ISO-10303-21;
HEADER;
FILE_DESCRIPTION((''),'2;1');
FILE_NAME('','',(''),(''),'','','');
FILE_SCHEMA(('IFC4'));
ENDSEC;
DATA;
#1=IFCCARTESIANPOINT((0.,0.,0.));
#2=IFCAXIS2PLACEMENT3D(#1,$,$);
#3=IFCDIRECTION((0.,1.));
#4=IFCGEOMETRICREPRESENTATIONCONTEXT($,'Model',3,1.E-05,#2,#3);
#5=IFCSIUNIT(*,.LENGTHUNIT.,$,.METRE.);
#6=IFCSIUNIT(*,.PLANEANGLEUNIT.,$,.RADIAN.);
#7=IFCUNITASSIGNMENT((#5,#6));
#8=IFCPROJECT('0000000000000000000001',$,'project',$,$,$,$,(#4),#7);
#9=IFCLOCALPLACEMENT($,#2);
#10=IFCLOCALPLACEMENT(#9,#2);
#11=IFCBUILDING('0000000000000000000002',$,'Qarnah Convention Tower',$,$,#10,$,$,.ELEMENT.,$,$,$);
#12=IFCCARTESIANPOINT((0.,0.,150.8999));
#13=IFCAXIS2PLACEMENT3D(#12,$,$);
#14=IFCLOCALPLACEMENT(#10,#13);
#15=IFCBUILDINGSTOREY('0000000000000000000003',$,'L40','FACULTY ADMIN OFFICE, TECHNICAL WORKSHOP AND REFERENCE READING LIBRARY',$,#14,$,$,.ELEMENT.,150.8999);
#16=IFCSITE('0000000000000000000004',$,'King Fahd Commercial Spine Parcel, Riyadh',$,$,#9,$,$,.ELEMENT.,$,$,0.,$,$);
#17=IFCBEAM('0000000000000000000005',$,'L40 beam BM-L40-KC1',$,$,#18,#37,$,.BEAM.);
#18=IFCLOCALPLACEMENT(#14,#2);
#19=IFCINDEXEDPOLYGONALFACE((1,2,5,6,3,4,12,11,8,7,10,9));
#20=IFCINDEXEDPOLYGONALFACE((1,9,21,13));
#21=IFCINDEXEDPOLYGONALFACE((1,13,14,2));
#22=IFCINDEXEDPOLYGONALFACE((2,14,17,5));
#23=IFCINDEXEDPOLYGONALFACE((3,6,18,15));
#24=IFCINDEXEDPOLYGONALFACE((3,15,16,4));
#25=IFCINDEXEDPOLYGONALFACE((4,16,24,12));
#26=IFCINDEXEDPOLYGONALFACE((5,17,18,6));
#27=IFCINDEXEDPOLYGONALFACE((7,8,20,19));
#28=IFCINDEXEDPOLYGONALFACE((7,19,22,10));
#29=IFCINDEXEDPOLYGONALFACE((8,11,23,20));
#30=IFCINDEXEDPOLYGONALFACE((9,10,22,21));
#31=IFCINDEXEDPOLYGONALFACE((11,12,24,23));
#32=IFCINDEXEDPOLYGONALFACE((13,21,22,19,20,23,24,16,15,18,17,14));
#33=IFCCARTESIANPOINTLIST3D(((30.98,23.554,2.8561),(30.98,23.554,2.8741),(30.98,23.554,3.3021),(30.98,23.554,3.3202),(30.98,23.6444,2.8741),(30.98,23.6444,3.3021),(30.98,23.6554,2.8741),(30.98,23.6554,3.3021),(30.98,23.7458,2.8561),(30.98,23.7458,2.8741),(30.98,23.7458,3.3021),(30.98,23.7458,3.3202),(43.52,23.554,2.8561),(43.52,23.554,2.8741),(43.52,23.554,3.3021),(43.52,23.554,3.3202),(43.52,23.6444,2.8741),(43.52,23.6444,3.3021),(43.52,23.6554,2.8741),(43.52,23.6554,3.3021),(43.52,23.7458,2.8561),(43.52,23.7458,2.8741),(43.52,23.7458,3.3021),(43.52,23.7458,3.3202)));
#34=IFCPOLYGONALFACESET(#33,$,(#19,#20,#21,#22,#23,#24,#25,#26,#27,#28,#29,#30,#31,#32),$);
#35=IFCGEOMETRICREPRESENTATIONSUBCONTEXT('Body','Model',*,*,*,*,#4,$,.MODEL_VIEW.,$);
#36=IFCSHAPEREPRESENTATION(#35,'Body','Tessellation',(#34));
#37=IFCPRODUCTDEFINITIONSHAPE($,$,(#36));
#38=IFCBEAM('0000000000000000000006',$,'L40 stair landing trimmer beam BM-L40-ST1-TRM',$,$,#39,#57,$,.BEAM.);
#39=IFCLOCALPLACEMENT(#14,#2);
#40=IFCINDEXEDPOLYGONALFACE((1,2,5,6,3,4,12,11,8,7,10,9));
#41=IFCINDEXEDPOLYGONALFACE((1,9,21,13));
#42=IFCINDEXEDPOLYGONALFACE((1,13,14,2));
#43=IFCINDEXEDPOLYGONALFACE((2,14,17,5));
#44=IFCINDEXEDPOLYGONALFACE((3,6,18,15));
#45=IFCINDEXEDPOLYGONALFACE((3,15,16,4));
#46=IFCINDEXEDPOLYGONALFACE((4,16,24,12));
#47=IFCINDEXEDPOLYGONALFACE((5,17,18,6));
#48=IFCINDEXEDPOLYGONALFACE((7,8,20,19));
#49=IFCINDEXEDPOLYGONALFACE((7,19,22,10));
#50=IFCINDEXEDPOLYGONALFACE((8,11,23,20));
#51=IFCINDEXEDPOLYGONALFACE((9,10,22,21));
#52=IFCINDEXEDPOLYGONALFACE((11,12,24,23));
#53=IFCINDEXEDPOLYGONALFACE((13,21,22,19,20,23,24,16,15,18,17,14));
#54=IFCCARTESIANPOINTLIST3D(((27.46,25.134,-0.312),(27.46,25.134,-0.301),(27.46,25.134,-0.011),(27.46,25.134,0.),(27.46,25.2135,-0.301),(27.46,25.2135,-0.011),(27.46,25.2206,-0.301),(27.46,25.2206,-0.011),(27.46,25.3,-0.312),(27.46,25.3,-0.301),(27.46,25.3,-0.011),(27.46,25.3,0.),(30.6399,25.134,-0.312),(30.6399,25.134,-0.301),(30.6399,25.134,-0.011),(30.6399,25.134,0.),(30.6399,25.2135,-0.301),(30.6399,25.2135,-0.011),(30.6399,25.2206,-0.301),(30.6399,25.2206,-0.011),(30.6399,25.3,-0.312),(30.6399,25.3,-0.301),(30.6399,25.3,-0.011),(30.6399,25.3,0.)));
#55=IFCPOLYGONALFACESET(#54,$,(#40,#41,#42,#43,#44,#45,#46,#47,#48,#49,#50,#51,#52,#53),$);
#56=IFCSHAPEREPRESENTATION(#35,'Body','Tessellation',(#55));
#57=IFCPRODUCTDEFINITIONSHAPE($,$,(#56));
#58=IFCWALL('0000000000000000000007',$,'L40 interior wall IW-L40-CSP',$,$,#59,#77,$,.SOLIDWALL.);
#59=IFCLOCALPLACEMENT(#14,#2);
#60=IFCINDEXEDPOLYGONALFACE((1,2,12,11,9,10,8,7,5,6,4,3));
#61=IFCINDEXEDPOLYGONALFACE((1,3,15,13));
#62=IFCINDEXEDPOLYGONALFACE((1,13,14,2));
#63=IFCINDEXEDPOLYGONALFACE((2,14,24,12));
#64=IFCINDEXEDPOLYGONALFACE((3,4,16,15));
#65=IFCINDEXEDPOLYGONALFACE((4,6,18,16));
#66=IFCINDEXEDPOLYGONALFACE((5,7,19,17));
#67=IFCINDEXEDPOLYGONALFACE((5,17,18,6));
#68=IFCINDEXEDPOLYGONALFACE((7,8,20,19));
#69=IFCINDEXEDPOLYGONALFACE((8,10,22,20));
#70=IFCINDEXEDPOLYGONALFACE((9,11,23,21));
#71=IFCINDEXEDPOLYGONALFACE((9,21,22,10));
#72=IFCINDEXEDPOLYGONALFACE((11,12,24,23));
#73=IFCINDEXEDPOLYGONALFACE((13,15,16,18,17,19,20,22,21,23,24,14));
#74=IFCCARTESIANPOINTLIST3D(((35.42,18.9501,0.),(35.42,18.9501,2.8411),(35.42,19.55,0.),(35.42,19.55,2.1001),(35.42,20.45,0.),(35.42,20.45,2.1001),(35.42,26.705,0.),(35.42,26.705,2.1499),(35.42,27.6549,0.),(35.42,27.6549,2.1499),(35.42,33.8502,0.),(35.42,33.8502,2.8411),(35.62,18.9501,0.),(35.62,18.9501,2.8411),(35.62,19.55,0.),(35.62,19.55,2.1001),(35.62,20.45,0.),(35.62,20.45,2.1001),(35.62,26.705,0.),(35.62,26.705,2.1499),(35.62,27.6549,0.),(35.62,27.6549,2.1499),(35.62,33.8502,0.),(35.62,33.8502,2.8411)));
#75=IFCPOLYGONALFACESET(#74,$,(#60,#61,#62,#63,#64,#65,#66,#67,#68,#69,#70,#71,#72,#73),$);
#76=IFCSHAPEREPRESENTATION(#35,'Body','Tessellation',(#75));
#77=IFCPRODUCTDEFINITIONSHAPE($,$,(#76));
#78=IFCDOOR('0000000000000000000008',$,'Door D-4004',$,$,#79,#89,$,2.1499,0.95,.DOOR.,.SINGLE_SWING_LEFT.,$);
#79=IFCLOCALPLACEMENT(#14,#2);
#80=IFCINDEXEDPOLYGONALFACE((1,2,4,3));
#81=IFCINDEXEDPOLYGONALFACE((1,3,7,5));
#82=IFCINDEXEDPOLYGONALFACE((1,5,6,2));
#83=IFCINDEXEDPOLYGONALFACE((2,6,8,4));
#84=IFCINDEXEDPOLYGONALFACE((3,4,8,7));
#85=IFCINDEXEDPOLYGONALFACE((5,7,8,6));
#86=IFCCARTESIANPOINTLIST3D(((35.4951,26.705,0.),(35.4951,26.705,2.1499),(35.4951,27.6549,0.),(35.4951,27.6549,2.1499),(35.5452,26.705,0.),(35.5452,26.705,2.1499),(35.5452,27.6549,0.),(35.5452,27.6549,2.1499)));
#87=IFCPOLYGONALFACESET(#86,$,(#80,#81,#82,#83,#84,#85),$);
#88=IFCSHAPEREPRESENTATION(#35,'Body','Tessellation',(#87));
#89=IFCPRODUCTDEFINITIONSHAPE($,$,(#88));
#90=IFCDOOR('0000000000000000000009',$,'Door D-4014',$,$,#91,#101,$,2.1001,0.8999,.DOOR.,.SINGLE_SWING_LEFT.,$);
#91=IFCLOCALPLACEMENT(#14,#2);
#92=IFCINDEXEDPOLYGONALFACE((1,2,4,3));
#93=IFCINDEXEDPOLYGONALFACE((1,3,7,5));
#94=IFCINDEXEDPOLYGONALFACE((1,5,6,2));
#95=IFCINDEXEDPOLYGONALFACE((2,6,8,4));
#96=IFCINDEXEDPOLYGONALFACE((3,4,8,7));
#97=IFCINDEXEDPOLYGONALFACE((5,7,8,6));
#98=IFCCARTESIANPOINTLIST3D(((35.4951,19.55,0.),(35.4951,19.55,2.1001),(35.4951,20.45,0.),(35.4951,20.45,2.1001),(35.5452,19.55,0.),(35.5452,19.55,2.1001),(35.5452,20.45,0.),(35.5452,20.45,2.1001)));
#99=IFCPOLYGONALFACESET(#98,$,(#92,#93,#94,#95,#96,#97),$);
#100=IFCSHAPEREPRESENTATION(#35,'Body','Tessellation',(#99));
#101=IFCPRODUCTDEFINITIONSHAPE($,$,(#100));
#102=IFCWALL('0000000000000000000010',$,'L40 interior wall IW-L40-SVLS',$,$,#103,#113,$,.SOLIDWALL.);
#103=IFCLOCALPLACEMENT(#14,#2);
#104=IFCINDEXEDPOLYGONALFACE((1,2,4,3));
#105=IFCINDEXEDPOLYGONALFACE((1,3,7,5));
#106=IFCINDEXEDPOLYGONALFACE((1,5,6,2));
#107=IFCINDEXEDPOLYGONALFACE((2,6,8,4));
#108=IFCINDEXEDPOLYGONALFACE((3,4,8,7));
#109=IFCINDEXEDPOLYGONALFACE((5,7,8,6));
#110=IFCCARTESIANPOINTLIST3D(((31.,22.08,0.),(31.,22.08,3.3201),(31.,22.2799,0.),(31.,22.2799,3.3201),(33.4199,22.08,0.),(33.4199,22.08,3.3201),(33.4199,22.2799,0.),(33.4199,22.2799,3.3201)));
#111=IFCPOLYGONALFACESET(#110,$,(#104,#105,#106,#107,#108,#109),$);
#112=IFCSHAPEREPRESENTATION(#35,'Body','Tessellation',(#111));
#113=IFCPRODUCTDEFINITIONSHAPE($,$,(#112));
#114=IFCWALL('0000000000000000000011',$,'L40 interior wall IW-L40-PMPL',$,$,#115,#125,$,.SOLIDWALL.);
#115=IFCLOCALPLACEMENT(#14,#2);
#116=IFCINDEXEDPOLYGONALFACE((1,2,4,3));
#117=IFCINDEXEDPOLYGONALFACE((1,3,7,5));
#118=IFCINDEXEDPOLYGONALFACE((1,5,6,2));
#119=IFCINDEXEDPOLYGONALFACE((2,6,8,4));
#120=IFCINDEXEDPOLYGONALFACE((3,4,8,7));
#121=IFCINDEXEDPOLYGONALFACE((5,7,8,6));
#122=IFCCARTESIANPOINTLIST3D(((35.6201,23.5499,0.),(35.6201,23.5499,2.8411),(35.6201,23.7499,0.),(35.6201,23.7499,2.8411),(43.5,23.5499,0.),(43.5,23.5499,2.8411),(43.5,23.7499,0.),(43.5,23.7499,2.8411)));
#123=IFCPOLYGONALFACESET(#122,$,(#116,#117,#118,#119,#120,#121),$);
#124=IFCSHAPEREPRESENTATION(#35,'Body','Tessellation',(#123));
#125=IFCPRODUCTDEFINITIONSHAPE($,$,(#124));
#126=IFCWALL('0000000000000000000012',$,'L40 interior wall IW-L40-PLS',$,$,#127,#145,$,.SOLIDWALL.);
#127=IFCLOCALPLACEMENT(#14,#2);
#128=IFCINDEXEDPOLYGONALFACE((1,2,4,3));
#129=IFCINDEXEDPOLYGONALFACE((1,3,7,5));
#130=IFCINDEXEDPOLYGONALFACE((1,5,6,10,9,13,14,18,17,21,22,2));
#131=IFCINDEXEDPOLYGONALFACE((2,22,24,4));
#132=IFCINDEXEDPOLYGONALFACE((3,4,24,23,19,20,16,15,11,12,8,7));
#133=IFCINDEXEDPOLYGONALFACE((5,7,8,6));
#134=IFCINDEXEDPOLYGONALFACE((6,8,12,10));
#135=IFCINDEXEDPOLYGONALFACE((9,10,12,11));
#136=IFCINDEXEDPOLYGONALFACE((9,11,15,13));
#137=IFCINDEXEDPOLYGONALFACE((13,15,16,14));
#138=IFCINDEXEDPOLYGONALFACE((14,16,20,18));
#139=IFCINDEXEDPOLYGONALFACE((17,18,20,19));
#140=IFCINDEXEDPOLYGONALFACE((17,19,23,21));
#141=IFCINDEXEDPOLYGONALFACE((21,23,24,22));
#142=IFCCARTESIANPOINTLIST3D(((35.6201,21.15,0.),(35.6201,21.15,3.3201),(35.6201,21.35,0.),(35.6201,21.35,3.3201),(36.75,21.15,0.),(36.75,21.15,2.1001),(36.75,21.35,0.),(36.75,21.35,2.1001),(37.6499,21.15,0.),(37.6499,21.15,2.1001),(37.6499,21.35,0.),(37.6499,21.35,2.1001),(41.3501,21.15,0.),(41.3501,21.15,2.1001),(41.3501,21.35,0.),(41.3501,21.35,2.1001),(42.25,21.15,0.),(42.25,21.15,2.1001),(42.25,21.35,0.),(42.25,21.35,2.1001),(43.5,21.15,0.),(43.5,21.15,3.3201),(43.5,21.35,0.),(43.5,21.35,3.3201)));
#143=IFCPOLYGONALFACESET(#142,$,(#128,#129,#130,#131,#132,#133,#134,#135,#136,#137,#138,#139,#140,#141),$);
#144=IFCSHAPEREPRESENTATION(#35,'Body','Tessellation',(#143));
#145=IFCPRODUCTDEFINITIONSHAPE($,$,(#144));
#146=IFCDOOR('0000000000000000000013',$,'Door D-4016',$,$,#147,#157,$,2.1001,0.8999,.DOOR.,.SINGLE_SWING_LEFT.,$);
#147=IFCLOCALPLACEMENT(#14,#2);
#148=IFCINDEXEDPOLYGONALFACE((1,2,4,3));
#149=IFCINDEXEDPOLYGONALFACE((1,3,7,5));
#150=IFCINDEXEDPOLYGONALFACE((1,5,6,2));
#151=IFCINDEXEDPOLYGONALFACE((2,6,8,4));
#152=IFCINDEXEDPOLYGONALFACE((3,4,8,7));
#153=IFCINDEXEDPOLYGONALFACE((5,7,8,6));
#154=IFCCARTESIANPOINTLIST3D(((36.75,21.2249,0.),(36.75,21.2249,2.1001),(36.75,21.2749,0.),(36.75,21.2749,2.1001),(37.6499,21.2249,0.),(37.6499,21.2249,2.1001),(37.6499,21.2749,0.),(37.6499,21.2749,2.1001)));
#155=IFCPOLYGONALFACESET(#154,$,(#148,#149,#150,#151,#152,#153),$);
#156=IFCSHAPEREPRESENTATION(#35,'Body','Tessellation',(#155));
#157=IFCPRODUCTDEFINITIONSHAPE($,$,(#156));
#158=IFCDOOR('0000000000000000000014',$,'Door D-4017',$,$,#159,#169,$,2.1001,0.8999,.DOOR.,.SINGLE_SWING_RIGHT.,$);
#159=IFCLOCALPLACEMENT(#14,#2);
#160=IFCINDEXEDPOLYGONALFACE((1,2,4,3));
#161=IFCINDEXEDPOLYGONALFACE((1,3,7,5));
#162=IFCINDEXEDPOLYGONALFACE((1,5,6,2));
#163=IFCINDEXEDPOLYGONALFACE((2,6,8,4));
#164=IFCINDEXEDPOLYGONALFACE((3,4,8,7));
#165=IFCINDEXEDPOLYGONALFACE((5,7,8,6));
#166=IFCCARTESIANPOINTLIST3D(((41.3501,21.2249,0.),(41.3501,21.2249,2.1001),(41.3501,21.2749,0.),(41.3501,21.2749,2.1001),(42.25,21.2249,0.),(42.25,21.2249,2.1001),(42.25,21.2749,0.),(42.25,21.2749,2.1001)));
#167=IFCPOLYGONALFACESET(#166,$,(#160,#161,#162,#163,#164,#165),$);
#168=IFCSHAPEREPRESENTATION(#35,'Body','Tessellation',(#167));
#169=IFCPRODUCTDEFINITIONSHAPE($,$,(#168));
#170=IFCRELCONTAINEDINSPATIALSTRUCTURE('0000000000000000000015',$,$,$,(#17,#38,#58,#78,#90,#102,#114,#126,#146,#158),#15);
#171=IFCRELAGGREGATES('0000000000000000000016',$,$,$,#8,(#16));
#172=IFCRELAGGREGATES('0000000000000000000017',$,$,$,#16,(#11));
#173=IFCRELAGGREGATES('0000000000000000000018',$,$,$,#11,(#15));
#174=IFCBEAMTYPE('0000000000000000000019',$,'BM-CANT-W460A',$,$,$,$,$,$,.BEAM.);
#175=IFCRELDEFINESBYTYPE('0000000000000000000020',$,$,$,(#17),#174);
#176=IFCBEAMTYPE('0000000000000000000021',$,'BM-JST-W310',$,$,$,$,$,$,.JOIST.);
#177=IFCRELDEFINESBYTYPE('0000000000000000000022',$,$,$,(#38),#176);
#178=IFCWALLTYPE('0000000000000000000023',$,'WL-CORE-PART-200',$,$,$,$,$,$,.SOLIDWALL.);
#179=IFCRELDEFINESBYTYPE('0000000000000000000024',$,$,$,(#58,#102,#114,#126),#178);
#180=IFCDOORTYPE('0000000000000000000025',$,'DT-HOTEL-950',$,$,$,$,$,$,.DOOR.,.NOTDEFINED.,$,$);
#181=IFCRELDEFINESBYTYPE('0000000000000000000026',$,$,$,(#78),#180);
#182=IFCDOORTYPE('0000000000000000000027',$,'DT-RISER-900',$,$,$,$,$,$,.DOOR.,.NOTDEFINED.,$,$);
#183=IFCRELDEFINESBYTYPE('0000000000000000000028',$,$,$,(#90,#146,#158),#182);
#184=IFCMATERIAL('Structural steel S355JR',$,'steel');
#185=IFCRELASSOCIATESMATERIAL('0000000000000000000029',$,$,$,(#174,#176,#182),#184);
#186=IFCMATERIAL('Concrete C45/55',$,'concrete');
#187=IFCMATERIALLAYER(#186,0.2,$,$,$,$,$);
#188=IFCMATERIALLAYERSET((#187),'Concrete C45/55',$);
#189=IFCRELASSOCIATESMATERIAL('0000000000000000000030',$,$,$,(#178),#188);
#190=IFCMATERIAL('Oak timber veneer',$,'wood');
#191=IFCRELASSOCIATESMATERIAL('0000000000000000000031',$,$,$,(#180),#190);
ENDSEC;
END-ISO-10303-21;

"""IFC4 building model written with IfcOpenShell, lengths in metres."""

from ifc_helpers import new_model, si_unit, direction, frame, frame_2d, origin, origin_2d, place, context, subcontext, project, spatial, rectangle, i_section, extrude, material, layer, layer_set, material_profile, profile_set, type_object, element, fill, save


model = new_model("IFC4")

# Units and contexts
model_context = context("Model", 3, precision=1e-05, world=origin(), true_north=direction((0.0, 1.0)))
body_context = subcontext(model_context, "Body", "Model", "MODEL_VIEW")
ifc_project = project(units=[si_unit("LENGTHUNIT", "METRE"), si_unit("PLANEANGLEUNIT", "RADIAN")], contexts=[model_context])

# Site, building, storey
site_placement = place(None, origin())
site = spatial("IfcSite", under=ifc_project, at=site_placement, Name="King Fahd Commercial Spine Parcel, Riyadh", CompositionType="ELEMENT", RefElevation=0.0)
building_placement = place(site_placement, origin())
building = spatial("IfcBuilding", under=site, at=building_placement, Name="Qarnah Convention Tower", CompositionType="ELEMENT")
storey_placement = place(building_placement, frame((0.0, 0.0, 150.8999)))
storey = spatial("IfcBuildingStorey", under=building, at=storey_placement, Name="L40", Description="FACULTY ADMIN OFFICE, TECHNICAL WORKSHOP AND REFERENCE READING LIBRARY", CompositionType="ELEMENT", Elevation=150.8999)

# Beams
ifc_material_1 = material(Name="Structural steel S355JR", Category="steel")
ifc_material_profile_1 = material_profile(ifc_material_1, i_section(OverallWidth=0.1919, OverallDepth=0.4641, WebThickness=0.011, FlangeThickness=0.0181, at=origin_2d()), Name="W460X89")
ifc_profile_set_1 = profile_set([ifc_material_profile_1], Name="Structural steel S355JR")
beam_type_1 = type_object("IfcBeamType", Name="BM-CANT-W460A", PredefinedType="BEAM", material=ifc_profile_set_1)
beam_1_placement = place(storey_placement, frame((30.98, 23.6499, 3.0881), z_axis=(1.0, 0.0, 0.0), x_axis=(0.0, 1.0, 0.0)))
element("IfcBeam", 1, at=beam_1_placement, inside=storey, type_object=beam_type_1, Name="L40 beam BM-L40-KC1", PredefinedType="BEAM", context=body_context, shape_type="SweptSolid", body=[
    extrude(i_section(OverallWidth=0.1919, OverallDepth=0.4641, WebThickness=0.011, FlangeThickness=0.0181, at=origin_2d()), origin(), (0.0, 0.0, 1.0), 12.54),
])
ifc_material_profile_2 = material_profile(ifc_material_1, i_section(OverallWidth=0.166, OverallDepth=0.312, WebThickness=0.0071, FlangeThickness=0.011, at=origin_2d()), Name="W310X45")
ifc_profile_set_2 = profile_set([ifc_material_profile_2], Name="Structural steel S355JR")
beam_type_2 = type_object("IfcBeamType", Name="BM-JST-W310", PredefinedType="JOIST", material=ifc_profile_set_2)
beam_2_placement = place(storey_placement, frame((27.46, 25.217, -0.156), z_axis=(1.0, 0.0, 0.0), x_axis=(0.0, 1.0, 0.0)))
element("IfcBeam", 2, at=beam_2_placement, inside=storey, type_object=beam_type_2, Name="L40 stair landing trimmer beam BM-L40-ST1-TRM", PredefinedType="BEAM", context=body_context, shape_type="SweptSolid", body=[
    extrude(i_section(OverallWidth=0.166, OverallDepth=0.312, WebThickness=0.0071, FlangeThickness=0.011, at=origin_2d()), origin(), (0.0, 0.0, 1.0), 3.1799),
])

# Wall, openings, doors
ifc_material_2 = material(Name="Concrete C45/55", Category="concrete")
ifc_layer_1 = layer(ifc_material_2, 0.2)
ifc_layer_set_1 = layer_set([ifc_layer_1], Name="Concrete C45/55")
wall_type_1 = type_object("IfcWallType", Name="WL-CORE-PART-200", PredefinedType="SOLIDWALL", material=ifc_layer_set_1)
wall_1_placement = place(storey_placement, frame((35.52, 18.95, 0.0), z_axis=(0.0, 0.0, 1.0), x_axis=(0.0, 1.0, 0.0)))
wall_1 = element("IfcWall", 3, at=wall_1_placement, inside=storey, type_object=wall_type_1, Name="L40 interior wall IW-L40-CSP", PredefinedType="SOLIDWALL", context=body_context, shape_type="SweptSolid", body=[
    extrude(rectangle(XDim=14.9001, YDim=0.2, at=frame_2d((7.4502, 0.0))), origin(), (0.0, 0.0, 1.0), 2.8411),
])
opening_1_placement = place(wall_1_placement, frame((7.7549, 0.0, 0.0)))
opening_1 = element("IfcOpeningElement", 4, at=opening_1_placement, cuts=wall_1, PredefinedType="OPENING", context=body_context, shape_type="SweptSolid", body=[
    extrude(rectangle(XDim=0.95, YDim=2.1499, at=frame_2d((0.4751, 1.075))), frame((0.0, 0.1099, 0.0), z_axis=(0.0, -1.0, 0.0), x_axis=(1.0, 0.0, 0.0)), (0.0, 0.0, 1.0), 0.22),
])
opening_2_placement = place(wall_1_placement, frame((0.6001, 0.0, 0.0)))
opening_2 = element("IfcOpeningElement", 5, at=opening_2_placement, cuts=wall_1, PredefinedType="OPENING", context=body_context, shape_type="SweptSolid", body=[
    extrude(rectangle(XDim=0.8999, YDim=2.1001, at=frame_2d((0.45, 1.05))), frame((0.0, 0.1099, 0.0), z_axis=(0.0, -1.0, 0.0), x_axis=(1.0, 0.0, 0.0)), (0.0, 0.0, 1.0), 0.22),
])
ifc_material_3 = material(Name="Oak timber veneer", Category="wood")
door_type_1 = type_object("IfcDoorType", Name="DT-HOTEL-950", OperationType="NOTDEFINED", PredefinedType="DOOR", material=ifc_material_3)
door_1_placement = place(opening_1_placement, origin())
door_1 = element("IfcDoor", 6, at=door_1_placement, inside=storey, type_object=door_type_1, Name="Door D-4004", OperationType="SINGLE_SWING_LEFT", OverallHeight=2.1499, OverallWidth=0.95, PredefinedType="DOOR", context=body_context, shape_type="SweptSolid", body=[
    extrude(rectangle(XDim=0.95, YDim=2.1499, at=frame_2d((0.4751, 1.075))), frame((0.0, 0.0249, 0.0), z_axis=(0.0, -1.0, 0.0), x_axis=(1.0, 0.0, 0.0)), (0.0, 0.0, 1.0), 0.05),
])
fill(opening_1, door_1)
door_type_2 = type_object("IfcDoorType", Name="DT-RISER-900", OperationType="NOTDEFINED", PredefinedType="DOOR", material=ifc_material_1)
door_2_placement = place(opening_2_placement, origin())
door_2 = element("IfcDoor", 7, at=door_2_placement, inside=storey, type_object=door_type_2, Name="Door D-4014", OperationType="SINGLE_SWING_LEFT", OverallHeight=2.1001, OverallWidth=0.8999, PredefinedType="DOOR", context=body_context, shape_type="SweptSolid", body=[
    extrude(rectangle(XDim=0.8999, YDim=2.1001, at=frame_2d((0.45, 1.05))), frame((0.0, 0.0249, 0.0), z_axis=(0.0, -1.0, 0.0), x_axis=(1.0, 0.0, 0.0)), (0.0, 0.0, 1.0), 0.05),
])
fill(opening_2, door_2)

# Walls
wall_2_placement = place(storey_placement, frame((31.0, 22.1799, 0.0), z_axis=(0.0, 0.0, 1.0), x_axis=(1.0, 0.0, 0.0)))
element("IfcWall", 8, at=wall_2_placement, inside=storey, type_object=wall_type_1, Name="L40 interior wall IW-L40-SVLS", PredefinedType="SOLIDWALL", context=body_context, shape_type="SweptSolid", body=[
    extrude(rectangle(XDim=2.4199, YDim=0.2, at=frame_2d((1.21, 0.0))), origin(), (0.0, 0.0, 1.0), 3.3201),
])
wall_3_placement = place(storey_placement, frame((35.6201, 23.6499, 0.0), z_axis=(0.0, 0.0, 1.0), x_axis=(1.0, 0.0, 0.0)))
element("IfcWall", 9, at=wall_3_placement, inside=storey, type_object=wall_type_1, Name="L40 interior wall IW-L40-PMPL", PredefinedType="SOLIDWALL", context=body_context, shape_type="SweptSolid", body=[
    extrude(rectangle(XDim=7.8799, YDim=0.2, at=frame_2d((3.9399, 0.0))), origin(), (0.0, 0.0, 1.0), 2.8411),
])

# Wall, openings, doors
wall_4_placement = place(storey_placement, frame((35.6201, 21.25, 0.0), z_axis=(0.0, 0.0, 1.0), x_axis=(1.0, 0.0, 0.0)))
wall_4 = element("IfcWall", 10, at=wall_4_placement, inside=storey, type_object=wall_type_1, Name="L40 interior wall IW-L40-PLS", PredefinedType="SOLIDWALL", context=body_context, shape_type="SweptSolid", body=[
    extrude(rectangle(XDim=7.8799, YDim=0.2, at=frame_2d((3.9399, 0.0))), origin(), (0.0, 0.0, 1.0), 3.3201),
])
opening_3_placement = place(wall_4_placement, frame((1.1299, 0.0, 0.0)))
opening_3 = element("IfcOpeningElement", 11, at=opening_3_placement, cuts=wall_4, PredefinedType="OPENING", context=body_context, shape_type="SweptSolid", body=[
    extrude(rectangle(XDim=0.8999, YDim=2.1001, at=frame_2d((0.45, 1.05))), frame((0.0, 0.1099, 0.0), z_axis=(0.0, -1.0, 0.0), x_axis=(1.0, 0.0, 0.0)), (0.0, 0.0, 1.0), 0.22),
])
opening_4_placement = place(wall_4_placement, frame((5.73, 0.0, 0.0)))
opening_4 = element("IfcOpeningElement", 12, at=opening_4_placement, cuts=wall_4, PredefinedType="OPENING", context=body_context, shape_type="SweptSolid", body=[
    extrude(rectangle(XDim=0.8999, YDim=2.1001, at=frame_2d((0.45, 1.05))), frame((0.0, 0.1099, 0.0), z_axis=(0.0, -1.0, 0.0), x_axis=(1.0, 0.0, 0.0)), (0.0, 0.0, 1.0), 0.22),
])
door_3_placement = place(opening_3_placement, origin())
door_3 = element("IfcDoor", 13, at=door_3_placement, inside=storey, type_object=door_type_2, Name="Door D-4016", OperationType="SINGLE_SWING_LEFT", OverallHeight=2.1001, OverallWidth=0.8999, PredefinedType="DOOR", context=body_context, shape_type="SweptSolid", body=[
    extrude(rectangle(XDim=0.8999, YDim=2.1001, at=frame_2d((0.45, 1.05))), frame((0.0, 0.0249, 0.0), z_axis=(0.0, -1.0, 0.0), x_axis=(1.0, 0.0, 0.0)), (0.0, 0.0, 1.0), 0.05),
])
fill(opening_3, door_3)
door_4_placement = place(opening_4_placement, origin())
door_4 = element("IfcDoor", 14, at=door_4_placement, inside=storey, type_object=door_type_2, Name="Door D-4017", OperationType="SINGLE_SWING_RIGHT", OverallHeight=2.1001, OverallWidth=0.8999, PredefinedType="DOOR", context=body_context, shape_type="SweptSolid", body=[
    extrude(rectangle(XDim=0.8999, YDim=2.1001, at=frame_2d((0.45, 1.05))), frame((0.0, 0.0249, 0.0), z_axis=(0.0, -1.0, 0.0), x_axis=(1.0, 0.0, 0.0)), (0.0, 0.0, 1.0), 0.05),
])
fill(opening_4, door_4)

save(model, "model.ifc")
